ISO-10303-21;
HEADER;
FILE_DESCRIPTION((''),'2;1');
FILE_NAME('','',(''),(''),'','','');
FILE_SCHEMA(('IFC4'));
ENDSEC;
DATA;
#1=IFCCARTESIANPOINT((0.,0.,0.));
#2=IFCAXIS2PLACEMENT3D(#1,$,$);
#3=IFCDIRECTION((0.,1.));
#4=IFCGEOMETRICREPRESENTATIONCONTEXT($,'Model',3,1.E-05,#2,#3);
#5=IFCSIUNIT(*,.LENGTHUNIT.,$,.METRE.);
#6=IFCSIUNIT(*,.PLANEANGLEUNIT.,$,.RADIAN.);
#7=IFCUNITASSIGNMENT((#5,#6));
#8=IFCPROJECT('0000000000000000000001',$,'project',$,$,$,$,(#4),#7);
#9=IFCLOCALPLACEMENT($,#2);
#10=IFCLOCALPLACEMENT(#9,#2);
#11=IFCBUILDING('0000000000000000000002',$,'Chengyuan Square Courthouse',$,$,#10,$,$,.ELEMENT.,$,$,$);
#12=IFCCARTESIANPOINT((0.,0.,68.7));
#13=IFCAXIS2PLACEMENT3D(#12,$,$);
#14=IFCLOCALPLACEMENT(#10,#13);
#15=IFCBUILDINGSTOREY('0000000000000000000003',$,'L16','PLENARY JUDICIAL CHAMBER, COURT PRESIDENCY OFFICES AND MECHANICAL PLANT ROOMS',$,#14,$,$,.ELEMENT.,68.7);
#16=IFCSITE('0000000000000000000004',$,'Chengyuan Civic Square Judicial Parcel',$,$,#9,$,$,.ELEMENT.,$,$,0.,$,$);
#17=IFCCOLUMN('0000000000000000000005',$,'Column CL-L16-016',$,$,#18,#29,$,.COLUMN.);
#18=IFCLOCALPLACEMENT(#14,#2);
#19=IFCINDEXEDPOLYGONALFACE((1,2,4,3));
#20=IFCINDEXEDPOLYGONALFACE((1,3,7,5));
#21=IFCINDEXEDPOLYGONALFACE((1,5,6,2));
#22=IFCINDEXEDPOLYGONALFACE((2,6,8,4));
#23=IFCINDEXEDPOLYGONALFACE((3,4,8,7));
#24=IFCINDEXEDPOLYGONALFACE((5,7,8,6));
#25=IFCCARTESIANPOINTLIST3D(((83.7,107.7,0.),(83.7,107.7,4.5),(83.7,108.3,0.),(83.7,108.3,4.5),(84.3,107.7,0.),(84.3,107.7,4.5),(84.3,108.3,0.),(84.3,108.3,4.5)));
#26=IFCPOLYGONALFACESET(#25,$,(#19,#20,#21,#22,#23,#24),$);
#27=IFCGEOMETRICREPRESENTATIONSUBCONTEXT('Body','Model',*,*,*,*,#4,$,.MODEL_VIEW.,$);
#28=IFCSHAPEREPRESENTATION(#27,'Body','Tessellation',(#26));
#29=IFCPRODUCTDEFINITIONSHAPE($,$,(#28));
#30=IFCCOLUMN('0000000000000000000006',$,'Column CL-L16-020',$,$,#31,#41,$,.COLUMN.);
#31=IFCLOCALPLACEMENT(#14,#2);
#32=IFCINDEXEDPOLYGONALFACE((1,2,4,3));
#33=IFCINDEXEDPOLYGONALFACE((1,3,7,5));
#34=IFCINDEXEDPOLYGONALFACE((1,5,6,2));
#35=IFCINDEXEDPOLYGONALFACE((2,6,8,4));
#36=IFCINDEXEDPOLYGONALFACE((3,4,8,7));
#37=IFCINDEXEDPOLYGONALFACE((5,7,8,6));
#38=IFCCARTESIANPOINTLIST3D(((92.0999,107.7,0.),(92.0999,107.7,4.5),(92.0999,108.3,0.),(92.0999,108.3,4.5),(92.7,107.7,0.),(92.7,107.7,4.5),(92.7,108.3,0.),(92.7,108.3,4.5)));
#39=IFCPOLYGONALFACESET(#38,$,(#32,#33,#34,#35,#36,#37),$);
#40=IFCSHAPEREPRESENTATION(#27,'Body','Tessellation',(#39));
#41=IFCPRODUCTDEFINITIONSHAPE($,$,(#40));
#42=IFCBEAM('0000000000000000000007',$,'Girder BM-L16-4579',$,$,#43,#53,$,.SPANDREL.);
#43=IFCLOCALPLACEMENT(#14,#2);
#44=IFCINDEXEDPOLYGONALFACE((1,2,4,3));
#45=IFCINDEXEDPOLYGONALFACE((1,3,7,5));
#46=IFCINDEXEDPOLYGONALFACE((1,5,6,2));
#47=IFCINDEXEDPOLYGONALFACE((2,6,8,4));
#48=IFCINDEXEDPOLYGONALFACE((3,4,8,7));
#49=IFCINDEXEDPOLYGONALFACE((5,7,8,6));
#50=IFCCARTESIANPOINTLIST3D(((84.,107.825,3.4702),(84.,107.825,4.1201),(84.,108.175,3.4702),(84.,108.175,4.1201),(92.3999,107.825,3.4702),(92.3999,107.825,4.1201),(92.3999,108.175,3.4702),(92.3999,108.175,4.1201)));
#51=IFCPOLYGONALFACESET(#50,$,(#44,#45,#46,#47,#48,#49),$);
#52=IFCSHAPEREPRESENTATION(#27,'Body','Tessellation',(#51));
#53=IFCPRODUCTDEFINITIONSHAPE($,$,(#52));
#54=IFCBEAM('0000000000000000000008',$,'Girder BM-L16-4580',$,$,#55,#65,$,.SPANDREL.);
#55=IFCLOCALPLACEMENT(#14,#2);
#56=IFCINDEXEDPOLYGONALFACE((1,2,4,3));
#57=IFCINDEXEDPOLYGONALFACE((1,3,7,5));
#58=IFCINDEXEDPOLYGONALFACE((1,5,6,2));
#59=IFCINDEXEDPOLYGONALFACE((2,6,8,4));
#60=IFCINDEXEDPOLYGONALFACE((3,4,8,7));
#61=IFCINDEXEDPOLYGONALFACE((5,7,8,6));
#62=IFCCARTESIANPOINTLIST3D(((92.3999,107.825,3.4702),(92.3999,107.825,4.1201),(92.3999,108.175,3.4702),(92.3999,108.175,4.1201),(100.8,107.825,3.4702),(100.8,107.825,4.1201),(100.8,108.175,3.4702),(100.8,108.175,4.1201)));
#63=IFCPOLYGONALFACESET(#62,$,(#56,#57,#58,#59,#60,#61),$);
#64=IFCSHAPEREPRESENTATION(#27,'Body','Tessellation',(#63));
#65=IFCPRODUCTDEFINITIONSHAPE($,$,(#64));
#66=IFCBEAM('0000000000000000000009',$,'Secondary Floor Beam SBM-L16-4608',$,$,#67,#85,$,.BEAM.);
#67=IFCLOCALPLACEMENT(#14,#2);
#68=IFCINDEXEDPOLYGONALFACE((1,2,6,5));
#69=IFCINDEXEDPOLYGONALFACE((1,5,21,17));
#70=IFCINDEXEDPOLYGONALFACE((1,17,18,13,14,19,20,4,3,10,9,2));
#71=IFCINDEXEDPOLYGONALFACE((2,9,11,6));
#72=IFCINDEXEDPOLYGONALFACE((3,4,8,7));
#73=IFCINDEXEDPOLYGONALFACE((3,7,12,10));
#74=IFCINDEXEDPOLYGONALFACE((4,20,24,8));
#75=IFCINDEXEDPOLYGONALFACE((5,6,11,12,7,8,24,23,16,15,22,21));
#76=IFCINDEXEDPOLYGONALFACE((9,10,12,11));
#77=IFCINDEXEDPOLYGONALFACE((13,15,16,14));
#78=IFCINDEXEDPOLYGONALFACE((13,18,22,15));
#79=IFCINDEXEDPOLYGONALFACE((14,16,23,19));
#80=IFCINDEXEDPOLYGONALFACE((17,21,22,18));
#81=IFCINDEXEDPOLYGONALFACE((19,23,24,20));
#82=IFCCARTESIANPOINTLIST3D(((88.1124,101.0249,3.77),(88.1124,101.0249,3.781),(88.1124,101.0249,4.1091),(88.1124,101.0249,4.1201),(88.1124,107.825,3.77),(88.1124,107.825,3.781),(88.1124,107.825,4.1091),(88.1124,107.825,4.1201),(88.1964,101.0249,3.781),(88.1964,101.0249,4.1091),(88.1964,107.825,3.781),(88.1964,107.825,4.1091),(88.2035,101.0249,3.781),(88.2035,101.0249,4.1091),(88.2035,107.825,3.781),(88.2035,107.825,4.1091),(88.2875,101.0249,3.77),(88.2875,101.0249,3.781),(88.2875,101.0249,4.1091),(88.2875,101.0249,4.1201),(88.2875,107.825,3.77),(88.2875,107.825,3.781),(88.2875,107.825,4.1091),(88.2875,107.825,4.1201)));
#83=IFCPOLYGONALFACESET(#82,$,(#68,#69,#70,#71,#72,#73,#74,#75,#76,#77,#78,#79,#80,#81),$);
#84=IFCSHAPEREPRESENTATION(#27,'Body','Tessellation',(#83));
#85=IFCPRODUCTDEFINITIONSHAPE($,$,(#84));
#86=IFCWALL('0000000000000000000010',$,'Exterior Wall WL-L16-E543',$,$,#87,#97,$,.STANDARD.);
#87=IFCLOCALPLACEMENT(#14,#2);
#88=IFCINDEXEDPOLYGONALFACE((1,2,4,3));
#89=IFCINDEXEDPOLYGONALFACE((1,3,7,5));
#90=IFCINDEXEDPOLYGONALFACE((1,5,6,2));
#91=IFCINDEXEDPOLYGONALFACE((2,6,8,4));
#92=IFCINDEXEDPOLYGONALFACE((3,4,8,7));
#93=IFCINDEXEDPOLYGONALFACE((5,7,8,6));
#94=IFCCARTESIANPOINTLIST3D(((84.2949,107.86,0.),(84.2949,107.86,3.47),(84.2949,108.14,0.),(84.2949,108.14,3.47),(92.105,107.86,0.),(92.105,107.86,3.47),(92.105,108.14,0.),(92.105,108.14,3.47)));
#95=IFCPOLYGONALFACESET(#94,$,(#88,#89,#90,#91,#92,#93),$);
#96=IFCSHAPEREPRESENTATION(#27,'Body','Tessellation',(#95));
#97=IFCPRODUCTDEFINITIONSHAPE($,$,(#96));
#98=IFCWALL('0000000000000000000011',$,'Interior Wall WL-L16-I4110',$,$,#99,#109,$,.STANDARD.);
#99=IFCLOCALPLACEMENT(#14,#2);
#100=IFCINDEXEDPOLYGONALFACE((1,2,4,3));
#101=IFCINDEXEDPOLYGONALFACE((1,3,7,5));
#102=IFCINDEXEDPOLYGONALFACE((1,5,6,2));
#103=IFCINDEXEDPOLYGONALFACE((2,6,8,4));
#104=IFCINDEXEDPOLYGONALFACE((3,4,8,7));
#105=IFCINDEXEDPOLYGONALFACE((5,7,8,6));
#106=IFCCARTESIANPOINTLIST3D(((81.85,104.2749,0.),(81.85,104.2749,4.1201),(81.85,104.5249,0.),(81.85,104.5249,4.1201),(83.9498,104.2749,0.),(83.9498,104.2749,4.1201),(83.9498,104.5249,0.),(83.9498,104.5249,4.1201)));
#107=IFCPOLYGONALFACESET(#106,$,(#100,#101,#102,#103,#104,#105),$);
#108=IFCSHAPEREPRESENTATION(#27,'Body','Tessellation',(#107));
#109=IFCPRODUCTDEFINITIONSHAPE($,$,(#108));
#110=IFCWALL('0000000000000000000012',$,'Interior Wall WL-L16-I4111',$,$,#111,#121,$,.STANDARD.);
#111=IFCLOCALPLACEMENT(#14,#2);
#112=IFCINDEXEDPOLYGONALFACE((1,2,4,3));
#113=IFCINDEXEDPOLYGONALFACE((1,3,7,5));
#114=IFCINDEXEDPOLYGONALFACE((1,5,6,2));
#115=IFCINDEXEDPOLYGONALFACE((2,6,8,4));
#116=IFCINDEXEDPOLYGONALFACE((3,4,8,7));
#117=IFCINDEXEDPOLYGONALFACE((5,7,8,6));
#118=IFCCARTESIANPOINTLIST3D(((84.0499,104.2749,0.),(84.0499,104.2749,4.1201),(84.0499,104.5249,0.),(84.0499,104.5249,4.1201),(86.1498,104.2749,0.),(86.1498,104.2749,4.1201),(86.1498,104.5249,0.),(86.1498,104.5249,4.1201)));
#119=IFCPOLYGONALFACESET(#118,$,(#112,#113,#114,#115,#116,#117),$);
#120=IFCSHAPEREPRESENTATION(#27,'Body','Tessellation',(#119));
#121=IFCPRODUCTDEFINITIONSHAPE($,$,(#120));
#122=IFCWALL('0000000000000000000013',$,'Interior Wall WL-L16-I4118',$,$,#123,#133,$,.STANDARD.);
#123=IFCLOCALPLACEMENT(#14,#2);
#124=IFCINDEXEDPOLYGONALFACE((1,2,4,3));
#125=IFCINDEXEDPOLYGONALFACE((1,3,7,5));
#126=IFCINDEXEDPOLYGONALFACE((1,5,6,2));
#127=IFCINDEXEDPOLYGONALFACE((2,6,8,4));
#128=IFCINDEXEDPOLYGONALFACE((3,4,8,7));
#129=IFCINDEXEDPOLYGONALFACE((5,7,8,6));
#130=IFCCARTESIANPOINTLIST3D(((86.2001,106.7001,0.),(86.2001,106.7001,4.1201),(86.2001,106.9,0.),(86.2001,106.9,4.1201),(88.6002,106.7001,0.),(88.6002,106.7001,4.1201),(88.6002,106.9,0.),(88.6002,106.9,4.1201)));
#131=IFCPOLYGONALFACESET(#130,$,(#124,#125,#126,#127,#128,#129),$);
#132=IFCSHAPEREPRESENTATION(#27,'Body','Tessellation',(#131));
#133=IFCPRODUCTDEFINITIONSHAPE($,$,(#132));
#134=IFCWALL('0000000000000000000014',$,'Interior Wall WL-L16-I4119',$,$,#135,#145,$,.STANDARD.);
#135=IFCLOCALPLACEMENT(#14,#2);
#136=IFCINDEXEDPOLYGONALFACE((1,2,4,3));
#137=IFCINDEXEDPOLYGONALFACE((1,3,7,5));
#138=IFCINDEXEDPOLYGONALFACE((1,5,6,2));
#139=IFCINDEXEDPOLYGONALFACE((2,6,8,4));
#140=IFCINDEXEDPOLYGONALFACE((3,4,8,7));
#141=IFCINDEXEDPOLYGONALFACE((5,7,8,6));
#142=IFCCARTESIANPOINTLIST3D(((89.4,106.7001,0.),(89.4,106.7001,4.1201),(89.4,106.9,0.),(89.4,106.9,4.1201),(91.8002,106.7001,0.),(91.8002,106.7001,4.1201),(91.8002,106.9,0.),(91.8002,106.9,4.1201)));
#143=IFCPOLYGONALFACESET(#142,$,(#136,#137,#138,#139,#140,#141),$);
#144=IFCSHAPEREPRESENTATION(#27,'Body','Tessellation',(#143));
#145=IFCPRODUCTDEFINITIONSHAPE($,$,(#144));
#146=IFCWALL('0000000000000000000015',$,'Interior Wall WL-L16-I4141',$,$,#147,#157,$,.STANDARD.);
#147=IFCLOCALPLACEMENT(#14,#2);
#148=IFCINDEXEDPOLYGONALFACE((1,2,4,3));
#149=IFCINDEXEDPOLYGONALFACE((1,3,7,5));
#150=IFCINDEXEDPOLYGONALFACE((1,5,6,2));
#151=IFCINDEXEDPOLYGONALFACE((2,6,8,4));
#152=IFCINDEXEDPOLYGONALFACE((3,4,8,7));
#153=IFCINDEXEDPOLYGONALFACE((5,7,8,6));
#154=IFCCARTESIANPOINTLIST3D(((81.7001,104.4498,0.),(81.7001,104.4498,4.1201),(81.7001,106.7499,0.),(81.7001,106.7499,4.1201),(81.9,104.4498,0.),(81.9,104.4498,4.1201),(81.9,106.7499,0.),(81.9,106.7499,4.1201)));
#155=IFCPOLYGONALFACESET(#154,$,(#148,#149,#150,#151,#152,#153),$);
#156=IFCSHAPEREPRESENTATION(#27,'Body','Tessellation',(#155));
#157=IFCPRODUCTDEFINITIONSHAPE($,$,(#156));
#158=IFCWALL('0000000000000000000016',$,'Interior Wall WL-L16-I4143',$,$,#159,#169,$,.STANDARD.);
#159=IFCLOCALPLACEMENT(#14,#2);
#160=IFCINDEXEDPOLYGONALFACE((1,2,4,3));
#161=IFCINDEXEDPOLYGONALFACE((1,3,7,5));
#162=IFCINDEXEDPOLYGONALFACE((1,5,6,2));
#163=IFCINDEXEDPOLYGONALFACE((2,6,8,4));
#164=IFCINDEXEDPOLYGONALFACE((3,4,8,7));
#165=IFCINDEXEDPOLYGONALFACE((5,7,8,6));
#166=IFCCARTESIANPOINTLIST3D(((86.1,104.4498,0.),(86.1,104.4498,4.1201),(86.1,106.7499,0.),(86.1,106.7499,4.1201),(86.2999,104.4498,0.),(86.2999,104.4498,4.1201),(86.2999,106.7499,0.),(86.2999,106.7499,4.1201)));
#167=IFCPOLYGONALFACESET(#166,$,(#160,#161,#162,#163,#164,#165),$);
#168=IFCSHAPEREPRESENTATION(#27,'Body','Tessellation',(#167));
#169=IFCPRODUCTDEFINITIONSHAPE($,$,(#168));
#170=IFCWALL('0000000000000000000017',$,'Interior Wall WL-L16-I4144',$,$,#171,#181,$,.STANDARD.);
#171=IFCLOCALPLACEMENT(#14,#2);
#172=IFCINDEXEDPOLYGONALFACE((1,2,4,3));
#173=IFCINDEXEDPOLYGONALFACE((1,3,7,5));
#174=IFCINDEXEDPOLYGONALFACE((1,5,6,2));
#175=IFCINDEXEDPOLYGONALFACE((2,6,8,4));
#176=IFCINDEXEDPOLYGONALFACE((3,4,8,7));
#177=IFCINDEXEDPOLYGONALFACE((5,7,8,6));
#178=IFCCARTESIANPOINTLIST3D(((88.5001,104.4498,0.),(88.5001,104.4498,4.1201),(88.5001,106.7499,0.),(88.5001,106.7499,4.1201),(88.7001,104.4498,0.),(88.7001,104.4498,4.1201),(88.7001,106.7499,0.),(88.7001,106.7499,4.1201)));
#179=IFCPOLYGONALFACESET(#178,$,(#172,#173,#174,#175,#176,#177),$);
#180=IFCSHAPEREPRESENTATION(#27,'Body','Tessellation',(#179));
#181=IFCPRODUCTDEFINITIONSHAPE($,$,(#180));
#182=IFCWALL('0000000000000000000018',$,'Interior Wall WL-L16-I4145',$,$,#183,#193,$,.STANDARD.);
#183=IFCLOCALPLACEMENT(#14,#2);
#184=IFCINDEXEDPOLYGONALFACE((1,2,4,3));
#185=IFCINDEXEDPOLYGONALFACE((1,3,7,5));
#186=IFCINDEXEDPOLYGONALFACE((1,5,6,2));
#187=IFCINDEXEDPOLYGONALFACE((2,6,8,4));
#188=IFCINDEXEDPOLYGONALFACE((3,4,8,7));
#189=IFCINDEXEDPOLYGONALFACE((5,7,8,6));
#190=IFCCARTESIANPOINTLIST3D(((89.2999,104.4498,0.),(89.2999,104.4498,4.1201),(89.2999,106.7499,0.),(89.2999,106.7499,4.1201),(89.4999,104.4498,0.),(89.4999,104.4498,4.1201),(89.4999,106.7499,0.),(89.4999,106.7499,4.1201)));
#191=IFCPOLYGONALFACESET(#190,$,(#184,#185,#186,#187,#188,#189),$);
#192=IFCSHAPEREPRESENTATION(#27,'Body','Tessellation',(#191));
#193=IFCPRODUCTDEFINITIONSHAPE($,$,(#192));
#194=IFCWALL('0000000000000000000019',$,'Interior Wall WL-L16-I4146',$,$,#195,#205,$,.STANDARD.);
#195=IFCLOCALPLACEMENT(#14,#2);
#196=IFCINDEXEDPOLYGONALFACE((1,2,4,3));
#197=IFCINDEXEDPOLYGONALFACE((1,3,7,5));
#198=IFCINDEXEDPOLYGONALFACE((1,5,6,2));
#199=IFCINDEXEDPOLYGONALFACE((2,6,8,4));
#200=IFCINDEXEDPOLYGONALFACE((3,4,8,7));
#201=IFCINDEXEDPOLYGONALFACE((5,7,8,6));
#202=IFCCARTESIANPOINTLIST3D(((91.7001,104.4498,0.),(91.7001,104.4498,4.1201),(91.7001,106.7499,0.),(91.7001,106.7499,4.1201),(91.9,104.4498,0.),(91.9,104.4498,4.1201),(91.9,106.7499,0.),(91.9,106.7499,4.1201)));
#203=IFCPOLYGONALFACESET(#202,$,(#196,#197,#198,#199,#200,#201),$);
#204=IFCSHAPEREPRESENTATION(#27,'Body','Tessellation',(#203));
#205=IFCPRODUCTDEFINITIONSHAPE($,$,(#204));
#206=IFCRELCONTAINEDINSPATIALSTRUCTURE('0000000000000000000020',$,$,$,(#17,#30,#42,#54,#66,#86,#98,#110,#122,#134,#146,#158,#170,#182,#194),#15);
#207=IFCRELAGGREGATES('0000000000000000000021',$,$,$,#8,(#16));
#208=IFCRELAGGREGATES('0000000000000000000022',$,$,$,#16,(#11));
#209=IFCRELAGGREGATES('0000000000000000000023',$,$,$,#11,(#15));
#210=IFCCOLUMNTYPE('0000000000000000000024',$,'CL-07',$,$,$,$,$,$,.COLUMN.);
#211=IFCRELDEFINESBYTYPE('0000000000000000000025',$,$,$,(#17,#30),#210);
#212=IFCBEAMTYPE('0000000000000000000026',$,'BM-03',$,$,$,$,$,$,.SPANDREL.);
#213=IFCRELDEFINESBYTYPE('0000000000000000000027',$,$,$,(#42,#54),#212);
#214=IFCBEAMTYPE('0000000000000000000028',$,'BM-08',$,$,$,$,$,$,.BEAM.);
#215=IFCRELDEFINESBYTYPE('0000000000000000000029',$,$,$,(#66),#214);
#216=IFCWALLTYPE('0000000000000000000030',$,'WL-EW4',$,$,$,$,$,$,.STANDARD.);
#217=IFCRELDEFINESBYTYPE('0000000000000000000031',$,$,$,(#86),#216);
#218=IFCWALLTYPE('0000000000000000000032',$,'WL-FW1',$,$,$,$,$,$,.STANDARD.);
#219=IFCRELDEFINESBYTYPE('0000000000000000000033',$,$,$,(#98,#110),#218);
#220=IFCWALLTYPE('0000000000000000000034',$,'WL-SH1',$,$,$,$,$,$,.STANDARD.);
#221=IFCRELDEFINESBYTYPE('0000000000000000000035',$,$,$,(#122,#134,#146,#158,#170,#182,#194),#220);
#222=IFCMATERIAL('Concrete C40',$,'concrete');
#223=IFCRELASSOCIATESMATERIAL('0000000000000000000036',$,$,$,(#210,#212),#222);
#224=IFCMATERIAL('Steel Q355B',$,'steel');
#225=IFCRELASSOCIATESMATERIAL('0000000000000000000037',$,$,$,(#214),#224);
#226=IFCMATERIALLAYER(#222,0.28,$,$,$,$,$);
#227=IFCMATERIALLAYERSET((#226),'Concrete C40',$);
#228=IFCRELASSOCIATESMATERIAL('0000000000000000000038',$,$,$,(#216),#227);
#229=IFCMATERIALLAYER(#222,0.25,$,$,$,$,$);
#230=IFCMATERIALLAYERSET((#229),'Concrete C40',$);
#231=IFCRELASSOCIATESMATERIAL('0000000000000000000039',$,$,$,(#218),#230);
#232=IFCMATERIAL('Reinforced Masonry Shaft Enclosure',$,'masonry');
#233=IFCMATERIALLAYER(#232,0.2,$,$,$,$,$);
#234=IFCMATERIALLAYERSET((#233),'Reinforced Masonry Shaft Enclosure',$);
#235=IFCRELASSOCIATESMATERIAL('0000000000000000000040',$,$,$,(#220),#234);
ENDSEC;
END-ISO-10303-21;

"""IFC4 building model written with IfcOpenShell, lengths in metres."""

from ifc_helpers import new_model, si_unit, direction, frame, frame_2d, origin, origin_2d, place, context, subcontext, project, spatial, rectangle, i_section, extrude, material, layer, layer_set, material_profile, profile_set, type_object, element, save


model = new_model("IFC4")

# Units and contexts
model_context = context("Model", 3, precision=1e-05, world=origin(), true_north=direction((0.0, 1.0)))
body_context = subcontext(model_context, "Body", "Model", "MODEL_VIEW")
ifc_project = project(units=[si_unit("LENGTHUNIT", "METRE"), si_unit("PLANEANGLEUNIT", "RADIAN")], contexts=[model_context])

# Site, building, storey
site_placement = place(None, origin())
site = spatial("IfcSite", under=ifc_project, at=site_placement, Name="Chengyuan Civic Square Judicial Parcel", CompositionType="ELEMENT", RefElevation=0.0)
building_placement = place(site_placement, origin())
building = spatial("IfcBuilding", under=site, at=building_placement, Name="Chengyuan Square Courthouse", CompositionType="ELEMENT")
storey_placement = place(building_placement, frame((0.0, 0.0, 68.7)))
storey = spatial("IfcBuildingStorey", under=building, at=storey_placement, Name="L16", Description="PLENARY JUDICIAL CHAMBER, COURT PRESIDENCY OFFICES AND MECHANICAL PLANT ROOMS", CompositionType="ELEMENT", Elevation=68.7)

# Columns
ifc_material_1 = material(Name="Concrete C40", Category="concrete")
ifc_material_profile_1 = material_profile(ifc_material_1, rectangle(XDim=0.6001, YDim=0.6001, at=origin_2d()), Name="RC-COL-600x600")
ifc_profile_set_1 = profile_set([ifc_material_profile_1], Name="Concrete C40")
column_type = type_object("IfcColumnType", Name="CL-07", PredefinedType="COLUMN", material=ifc_profile_set_1)
for number, where, z_axis, x_axis, name in (
    (1, (84.0, 108.0, 0.0), (0.0, 0.0, 1.0), (1.0, 0.0, 0.0), "Column CL-L16-016"),
    (2, (92.3999, 108.0, 0.0), (0.0, 0.0, 1.0), (1.0, 0.0, 0.0), "Column CL-L16-020"),
):
    element("IfcColumn", number, at=place(storey_placement, frame(where, z_axis=z_axis, x_axis=x_axis)), inside=storey, type_object=column_type, Name=name, PredefinedType="COLUMN", context=body_context, shape_type="SweptSolid", body=[
        extrude(rectangle(XDim=0.6001, YDim=0.6001, at=origin_2d()), origin(), (0.0, 0.0, 1.0), 4.5),
    ])

# Beams
ifc_material_profile_2 = material_profile(ifc_material_1, rectangle(XDim=0.3501, YDim=0.6499, at=origin_2d()), Name="RC-BM-350x650")
ifc_profile_set_2 = profile_set([ifc_material_profile_2], Name="Concrete C40")
beam_type_1 = type_object("IfcBeamType", Name="BM-03", PredefinedType="SPANDREL", material=ifc_profile_set_2)
beam_1_placement = place(storey_placement, frame((84.0, 108.0, 3.7952), z_axis=(1.0, 0.0, 0.0), x_axis=(0.0, 1.0, 0.0)))
element("IfcBeam", 3, at=beam_1_placement, inside=storey, type_object=beam_type_1, Name="Girder BM-L16-4579", PredefinedType="SPANDREL", context=body_context, shape_type="SweptSolid", body=[
    extrude(rectangle(XDim=0.3501, YDim=0.6499, at=origin_2d()), origin(), (0.0, 0.0, 1.0), 8.3999),
])
beam_2_placement = place(storey_placement, frame((92.3999, 108.0, 3.7952), z_axis=(1.0, 0.0, 0.0), x_axis=(0.0, 1.0, 0.0)))
element("IfcBeam", 4, at=beam_2_placement, inside=storey, type_object=beam_type_1, Name="Girder BM-L16-4580", PredefinedType="SPANDREL", context=body_context, shape_type="SweptSolid", body=[
    extrude(rectangle(XDim=0.3501, YDim=0.6499, at=origin_2d()), origin(), (0.0, 0.0, 1.0), 8.4001),
])
ifc_material_2 = material(Name="Steel Q355B", Category="steel")
ifc_material_profile_3 = material_profile(ifc_material_2, i_section(OverallWidth=0.175, OverallDepth=0.3501, WebThickness=0.0071, FlangeThickness=0.011, at=origin_2d()), Name="HN 350x175x7x11")
ifc_profile_set_3 = profile_set([ifc_material_profile_3], Name="Steel Q355B")
beam_type_2 = type_object("IfcBeamType", Name="BM-08", PredefinedType="BEAM", material=ifc_profile_set_3)
beam_3_placement = place(storey_placement, frame((88.2, 101.0249, 3.9451), z_axis=(0.0, 1.0, 0.0), x_axis=(-1.0, 0.0, 0.0)))
element("IfcBeam", 5, at=beam_3_placement, inside=storey, type_object=beam_type_2, Name="Secondary Floor Beam SBM-L16-4608", PredefinedType="BEAM", context=body_context, shape_type="SweptSolid", body=[
    extrude(i_section(OverallWidth=0.175, OverallDepth=0.3501, WebThickness=0.0071, FlangeThickness=0.011, at=origin_2d()), origin(), (0.0, 0.0, 1.0), 6.8),
])

# Wall
ifc_layer_1 = layer(ifc_material_1, 0.28)
ifc_layer_set_1 = layer_set([ifc_layer_1], Name="Concrete C40")
wall_type_1 = type_object("IfcWallType", Name="WL-EW4", PredefinedType="STANDARD", material=ifc_layer_set_1)
wall_1_placement = place(storey_placement, frame((84.2949, 108.0, 0.0), z_axis=(0.0, 0.0, 1.0), x_axis=(1.0, 0.0, 0.0)))
element("IfcWall", 6, at=wall_1_placement, inside=storey, type_object=wall_type_1, Name="Exterior Wall WL-L16-E543", PredefinedType="STANDARD", context=body_context, shape_type="SweptSolid", body=[
    extrude(rectangle(XDim=7.8101, YDim=0.28, at=frame_2d((3.905, 0.0))), origin(), (0.0, 0.0, 1.0), 3.47),
])

# Shared definitions
ifc_layer_2 = layer(ifc_material_1, 0.25)
ifc_layer_set_2 = layer_set([ifc_layer_2], Name="Concrete C40")
wall_type_2 = type_object("IfcWallType", Name="WL-FW1", PredefinedType="STANDARD", material=ifc_layer_set_2)

# Walls
for number, where, z_axis, x_axis, name in (
    (7, (81.8501, 104.3999, 0.0), (0.0, 0.0, 1.0), (1.0, 0.0, 0.0), "Interior Wall WL-L16-I4110"),
    (8, (84.05, 104.3999, 0.0), (0.0, 0.0, 1.0), (1.0, 0.0, 0.0), "Interior Wall WL-L16-I4111"),
):
    element("IfcWall", number, at=place(storey_placement, frame(where, z_axis=z_axis, x_axis=x_axis)), inside=storey, type_object=wall_type_2, Name=name, PredefinedType="STANDARD", context=body_context, shape_type="SweptSolid", body=[
        extrude(rectangle(XDim=2.0999, YDim=0.25, at=frame_2d((1.0498, 0.0))), origin(), (0.0, 0.0, 1.0), 4.1201),
    ])

# Shared definitions
ifc_material_3 = material(Name="Reinforced Masonry Shaft Enclosure", Category="masonry")
ifc_layer_3 = layer(ifc_material_3, 0.2)
ifc_layer_set_3 = layer_set([ifc_layer_3], Name="Reinforced Masonry Shaft Enclosure")
wall_type_3 = type_object("IfcWallType", Name="WL-SH1", PredefinedType="STANDARD", material=ifc_layer_set_3)

# Walls
for number, where, z_axis, x_axis, name in (
    (9, (86.2, 106.8, 0.0), (0.0, 0.0, 1.0), (1.0, 0.0, 0.0), "Interior Wall WL-L16-I4118"),
    (10, (89.3999, 106.8, 0.0), (0.0, 0.0, 1.0), (1.0, 0.0, 0.0), "Interior Wall WL-L16-I4119"),
):
    element("IfcWall", number, at=place(storey_placement, frame(where, z_axis=z_axis, x_axis=x_axis)), inside=storey, type_object=wall_type_3, Name=name, PredefinedType="STANDARD", context=body_context, shape_type="SweptSolid", body=[
        extrude(rectangle(XDim=2.4001, YDim=0.2, at=frame_2d((1.2002, 0.0))), origin(), (0.0, 0.0, 1.0), 4.1201),
    ])
for number, where, z_axis, x_axis, name in (
    (11, (81.8, 104.45, 0.0), (0.0, 0.0, 1.0), (0.0, 1.0, 0.0), "Interior Wall WL-L16-I4141"),
    (12, (86.2, 104.45, 0.0), (0.0, 0.0, 1.0), (0.0, 1.0, 0.0), "Interior Wall WL-L16-I4143"),
    (13, (88.6001, 104.45, 0.0), (0.0, 0.0, 1.0), (0.0, 1.0, 0.0), "Interior Wall WL-L16-I4144"),
    (14, (89.3999, 104.45, 0.0), (0.0, 0.0, 1.0), (0.0, 1.0, 0.0), "Interior Wall WL-L16-I4145"),
    (15, (91.8, 104.45, 0.0), (0.0, 0.0, 1.0), (0.0, 1.0, 0.0), "Interior Wall WL-L16-I4146"),
):
    element("IfcWall", number, at=place(storey_placement, frame(where, z_axis=z_axis, x_axis=x_axis)), inside=storey, type_object=wall_type_3, Name=name, PredefinedType="STANDARD", context=body_context, shape_type="SweptSolid", body=[
        extrude(rectangle(XDim=2.3, YDim=0.2, at=frame_2d((1.1499, 0.0))), origin(), (0.0, 0.0, 1.0), 4.1201),
    ])

save(model, "model.ifc")
